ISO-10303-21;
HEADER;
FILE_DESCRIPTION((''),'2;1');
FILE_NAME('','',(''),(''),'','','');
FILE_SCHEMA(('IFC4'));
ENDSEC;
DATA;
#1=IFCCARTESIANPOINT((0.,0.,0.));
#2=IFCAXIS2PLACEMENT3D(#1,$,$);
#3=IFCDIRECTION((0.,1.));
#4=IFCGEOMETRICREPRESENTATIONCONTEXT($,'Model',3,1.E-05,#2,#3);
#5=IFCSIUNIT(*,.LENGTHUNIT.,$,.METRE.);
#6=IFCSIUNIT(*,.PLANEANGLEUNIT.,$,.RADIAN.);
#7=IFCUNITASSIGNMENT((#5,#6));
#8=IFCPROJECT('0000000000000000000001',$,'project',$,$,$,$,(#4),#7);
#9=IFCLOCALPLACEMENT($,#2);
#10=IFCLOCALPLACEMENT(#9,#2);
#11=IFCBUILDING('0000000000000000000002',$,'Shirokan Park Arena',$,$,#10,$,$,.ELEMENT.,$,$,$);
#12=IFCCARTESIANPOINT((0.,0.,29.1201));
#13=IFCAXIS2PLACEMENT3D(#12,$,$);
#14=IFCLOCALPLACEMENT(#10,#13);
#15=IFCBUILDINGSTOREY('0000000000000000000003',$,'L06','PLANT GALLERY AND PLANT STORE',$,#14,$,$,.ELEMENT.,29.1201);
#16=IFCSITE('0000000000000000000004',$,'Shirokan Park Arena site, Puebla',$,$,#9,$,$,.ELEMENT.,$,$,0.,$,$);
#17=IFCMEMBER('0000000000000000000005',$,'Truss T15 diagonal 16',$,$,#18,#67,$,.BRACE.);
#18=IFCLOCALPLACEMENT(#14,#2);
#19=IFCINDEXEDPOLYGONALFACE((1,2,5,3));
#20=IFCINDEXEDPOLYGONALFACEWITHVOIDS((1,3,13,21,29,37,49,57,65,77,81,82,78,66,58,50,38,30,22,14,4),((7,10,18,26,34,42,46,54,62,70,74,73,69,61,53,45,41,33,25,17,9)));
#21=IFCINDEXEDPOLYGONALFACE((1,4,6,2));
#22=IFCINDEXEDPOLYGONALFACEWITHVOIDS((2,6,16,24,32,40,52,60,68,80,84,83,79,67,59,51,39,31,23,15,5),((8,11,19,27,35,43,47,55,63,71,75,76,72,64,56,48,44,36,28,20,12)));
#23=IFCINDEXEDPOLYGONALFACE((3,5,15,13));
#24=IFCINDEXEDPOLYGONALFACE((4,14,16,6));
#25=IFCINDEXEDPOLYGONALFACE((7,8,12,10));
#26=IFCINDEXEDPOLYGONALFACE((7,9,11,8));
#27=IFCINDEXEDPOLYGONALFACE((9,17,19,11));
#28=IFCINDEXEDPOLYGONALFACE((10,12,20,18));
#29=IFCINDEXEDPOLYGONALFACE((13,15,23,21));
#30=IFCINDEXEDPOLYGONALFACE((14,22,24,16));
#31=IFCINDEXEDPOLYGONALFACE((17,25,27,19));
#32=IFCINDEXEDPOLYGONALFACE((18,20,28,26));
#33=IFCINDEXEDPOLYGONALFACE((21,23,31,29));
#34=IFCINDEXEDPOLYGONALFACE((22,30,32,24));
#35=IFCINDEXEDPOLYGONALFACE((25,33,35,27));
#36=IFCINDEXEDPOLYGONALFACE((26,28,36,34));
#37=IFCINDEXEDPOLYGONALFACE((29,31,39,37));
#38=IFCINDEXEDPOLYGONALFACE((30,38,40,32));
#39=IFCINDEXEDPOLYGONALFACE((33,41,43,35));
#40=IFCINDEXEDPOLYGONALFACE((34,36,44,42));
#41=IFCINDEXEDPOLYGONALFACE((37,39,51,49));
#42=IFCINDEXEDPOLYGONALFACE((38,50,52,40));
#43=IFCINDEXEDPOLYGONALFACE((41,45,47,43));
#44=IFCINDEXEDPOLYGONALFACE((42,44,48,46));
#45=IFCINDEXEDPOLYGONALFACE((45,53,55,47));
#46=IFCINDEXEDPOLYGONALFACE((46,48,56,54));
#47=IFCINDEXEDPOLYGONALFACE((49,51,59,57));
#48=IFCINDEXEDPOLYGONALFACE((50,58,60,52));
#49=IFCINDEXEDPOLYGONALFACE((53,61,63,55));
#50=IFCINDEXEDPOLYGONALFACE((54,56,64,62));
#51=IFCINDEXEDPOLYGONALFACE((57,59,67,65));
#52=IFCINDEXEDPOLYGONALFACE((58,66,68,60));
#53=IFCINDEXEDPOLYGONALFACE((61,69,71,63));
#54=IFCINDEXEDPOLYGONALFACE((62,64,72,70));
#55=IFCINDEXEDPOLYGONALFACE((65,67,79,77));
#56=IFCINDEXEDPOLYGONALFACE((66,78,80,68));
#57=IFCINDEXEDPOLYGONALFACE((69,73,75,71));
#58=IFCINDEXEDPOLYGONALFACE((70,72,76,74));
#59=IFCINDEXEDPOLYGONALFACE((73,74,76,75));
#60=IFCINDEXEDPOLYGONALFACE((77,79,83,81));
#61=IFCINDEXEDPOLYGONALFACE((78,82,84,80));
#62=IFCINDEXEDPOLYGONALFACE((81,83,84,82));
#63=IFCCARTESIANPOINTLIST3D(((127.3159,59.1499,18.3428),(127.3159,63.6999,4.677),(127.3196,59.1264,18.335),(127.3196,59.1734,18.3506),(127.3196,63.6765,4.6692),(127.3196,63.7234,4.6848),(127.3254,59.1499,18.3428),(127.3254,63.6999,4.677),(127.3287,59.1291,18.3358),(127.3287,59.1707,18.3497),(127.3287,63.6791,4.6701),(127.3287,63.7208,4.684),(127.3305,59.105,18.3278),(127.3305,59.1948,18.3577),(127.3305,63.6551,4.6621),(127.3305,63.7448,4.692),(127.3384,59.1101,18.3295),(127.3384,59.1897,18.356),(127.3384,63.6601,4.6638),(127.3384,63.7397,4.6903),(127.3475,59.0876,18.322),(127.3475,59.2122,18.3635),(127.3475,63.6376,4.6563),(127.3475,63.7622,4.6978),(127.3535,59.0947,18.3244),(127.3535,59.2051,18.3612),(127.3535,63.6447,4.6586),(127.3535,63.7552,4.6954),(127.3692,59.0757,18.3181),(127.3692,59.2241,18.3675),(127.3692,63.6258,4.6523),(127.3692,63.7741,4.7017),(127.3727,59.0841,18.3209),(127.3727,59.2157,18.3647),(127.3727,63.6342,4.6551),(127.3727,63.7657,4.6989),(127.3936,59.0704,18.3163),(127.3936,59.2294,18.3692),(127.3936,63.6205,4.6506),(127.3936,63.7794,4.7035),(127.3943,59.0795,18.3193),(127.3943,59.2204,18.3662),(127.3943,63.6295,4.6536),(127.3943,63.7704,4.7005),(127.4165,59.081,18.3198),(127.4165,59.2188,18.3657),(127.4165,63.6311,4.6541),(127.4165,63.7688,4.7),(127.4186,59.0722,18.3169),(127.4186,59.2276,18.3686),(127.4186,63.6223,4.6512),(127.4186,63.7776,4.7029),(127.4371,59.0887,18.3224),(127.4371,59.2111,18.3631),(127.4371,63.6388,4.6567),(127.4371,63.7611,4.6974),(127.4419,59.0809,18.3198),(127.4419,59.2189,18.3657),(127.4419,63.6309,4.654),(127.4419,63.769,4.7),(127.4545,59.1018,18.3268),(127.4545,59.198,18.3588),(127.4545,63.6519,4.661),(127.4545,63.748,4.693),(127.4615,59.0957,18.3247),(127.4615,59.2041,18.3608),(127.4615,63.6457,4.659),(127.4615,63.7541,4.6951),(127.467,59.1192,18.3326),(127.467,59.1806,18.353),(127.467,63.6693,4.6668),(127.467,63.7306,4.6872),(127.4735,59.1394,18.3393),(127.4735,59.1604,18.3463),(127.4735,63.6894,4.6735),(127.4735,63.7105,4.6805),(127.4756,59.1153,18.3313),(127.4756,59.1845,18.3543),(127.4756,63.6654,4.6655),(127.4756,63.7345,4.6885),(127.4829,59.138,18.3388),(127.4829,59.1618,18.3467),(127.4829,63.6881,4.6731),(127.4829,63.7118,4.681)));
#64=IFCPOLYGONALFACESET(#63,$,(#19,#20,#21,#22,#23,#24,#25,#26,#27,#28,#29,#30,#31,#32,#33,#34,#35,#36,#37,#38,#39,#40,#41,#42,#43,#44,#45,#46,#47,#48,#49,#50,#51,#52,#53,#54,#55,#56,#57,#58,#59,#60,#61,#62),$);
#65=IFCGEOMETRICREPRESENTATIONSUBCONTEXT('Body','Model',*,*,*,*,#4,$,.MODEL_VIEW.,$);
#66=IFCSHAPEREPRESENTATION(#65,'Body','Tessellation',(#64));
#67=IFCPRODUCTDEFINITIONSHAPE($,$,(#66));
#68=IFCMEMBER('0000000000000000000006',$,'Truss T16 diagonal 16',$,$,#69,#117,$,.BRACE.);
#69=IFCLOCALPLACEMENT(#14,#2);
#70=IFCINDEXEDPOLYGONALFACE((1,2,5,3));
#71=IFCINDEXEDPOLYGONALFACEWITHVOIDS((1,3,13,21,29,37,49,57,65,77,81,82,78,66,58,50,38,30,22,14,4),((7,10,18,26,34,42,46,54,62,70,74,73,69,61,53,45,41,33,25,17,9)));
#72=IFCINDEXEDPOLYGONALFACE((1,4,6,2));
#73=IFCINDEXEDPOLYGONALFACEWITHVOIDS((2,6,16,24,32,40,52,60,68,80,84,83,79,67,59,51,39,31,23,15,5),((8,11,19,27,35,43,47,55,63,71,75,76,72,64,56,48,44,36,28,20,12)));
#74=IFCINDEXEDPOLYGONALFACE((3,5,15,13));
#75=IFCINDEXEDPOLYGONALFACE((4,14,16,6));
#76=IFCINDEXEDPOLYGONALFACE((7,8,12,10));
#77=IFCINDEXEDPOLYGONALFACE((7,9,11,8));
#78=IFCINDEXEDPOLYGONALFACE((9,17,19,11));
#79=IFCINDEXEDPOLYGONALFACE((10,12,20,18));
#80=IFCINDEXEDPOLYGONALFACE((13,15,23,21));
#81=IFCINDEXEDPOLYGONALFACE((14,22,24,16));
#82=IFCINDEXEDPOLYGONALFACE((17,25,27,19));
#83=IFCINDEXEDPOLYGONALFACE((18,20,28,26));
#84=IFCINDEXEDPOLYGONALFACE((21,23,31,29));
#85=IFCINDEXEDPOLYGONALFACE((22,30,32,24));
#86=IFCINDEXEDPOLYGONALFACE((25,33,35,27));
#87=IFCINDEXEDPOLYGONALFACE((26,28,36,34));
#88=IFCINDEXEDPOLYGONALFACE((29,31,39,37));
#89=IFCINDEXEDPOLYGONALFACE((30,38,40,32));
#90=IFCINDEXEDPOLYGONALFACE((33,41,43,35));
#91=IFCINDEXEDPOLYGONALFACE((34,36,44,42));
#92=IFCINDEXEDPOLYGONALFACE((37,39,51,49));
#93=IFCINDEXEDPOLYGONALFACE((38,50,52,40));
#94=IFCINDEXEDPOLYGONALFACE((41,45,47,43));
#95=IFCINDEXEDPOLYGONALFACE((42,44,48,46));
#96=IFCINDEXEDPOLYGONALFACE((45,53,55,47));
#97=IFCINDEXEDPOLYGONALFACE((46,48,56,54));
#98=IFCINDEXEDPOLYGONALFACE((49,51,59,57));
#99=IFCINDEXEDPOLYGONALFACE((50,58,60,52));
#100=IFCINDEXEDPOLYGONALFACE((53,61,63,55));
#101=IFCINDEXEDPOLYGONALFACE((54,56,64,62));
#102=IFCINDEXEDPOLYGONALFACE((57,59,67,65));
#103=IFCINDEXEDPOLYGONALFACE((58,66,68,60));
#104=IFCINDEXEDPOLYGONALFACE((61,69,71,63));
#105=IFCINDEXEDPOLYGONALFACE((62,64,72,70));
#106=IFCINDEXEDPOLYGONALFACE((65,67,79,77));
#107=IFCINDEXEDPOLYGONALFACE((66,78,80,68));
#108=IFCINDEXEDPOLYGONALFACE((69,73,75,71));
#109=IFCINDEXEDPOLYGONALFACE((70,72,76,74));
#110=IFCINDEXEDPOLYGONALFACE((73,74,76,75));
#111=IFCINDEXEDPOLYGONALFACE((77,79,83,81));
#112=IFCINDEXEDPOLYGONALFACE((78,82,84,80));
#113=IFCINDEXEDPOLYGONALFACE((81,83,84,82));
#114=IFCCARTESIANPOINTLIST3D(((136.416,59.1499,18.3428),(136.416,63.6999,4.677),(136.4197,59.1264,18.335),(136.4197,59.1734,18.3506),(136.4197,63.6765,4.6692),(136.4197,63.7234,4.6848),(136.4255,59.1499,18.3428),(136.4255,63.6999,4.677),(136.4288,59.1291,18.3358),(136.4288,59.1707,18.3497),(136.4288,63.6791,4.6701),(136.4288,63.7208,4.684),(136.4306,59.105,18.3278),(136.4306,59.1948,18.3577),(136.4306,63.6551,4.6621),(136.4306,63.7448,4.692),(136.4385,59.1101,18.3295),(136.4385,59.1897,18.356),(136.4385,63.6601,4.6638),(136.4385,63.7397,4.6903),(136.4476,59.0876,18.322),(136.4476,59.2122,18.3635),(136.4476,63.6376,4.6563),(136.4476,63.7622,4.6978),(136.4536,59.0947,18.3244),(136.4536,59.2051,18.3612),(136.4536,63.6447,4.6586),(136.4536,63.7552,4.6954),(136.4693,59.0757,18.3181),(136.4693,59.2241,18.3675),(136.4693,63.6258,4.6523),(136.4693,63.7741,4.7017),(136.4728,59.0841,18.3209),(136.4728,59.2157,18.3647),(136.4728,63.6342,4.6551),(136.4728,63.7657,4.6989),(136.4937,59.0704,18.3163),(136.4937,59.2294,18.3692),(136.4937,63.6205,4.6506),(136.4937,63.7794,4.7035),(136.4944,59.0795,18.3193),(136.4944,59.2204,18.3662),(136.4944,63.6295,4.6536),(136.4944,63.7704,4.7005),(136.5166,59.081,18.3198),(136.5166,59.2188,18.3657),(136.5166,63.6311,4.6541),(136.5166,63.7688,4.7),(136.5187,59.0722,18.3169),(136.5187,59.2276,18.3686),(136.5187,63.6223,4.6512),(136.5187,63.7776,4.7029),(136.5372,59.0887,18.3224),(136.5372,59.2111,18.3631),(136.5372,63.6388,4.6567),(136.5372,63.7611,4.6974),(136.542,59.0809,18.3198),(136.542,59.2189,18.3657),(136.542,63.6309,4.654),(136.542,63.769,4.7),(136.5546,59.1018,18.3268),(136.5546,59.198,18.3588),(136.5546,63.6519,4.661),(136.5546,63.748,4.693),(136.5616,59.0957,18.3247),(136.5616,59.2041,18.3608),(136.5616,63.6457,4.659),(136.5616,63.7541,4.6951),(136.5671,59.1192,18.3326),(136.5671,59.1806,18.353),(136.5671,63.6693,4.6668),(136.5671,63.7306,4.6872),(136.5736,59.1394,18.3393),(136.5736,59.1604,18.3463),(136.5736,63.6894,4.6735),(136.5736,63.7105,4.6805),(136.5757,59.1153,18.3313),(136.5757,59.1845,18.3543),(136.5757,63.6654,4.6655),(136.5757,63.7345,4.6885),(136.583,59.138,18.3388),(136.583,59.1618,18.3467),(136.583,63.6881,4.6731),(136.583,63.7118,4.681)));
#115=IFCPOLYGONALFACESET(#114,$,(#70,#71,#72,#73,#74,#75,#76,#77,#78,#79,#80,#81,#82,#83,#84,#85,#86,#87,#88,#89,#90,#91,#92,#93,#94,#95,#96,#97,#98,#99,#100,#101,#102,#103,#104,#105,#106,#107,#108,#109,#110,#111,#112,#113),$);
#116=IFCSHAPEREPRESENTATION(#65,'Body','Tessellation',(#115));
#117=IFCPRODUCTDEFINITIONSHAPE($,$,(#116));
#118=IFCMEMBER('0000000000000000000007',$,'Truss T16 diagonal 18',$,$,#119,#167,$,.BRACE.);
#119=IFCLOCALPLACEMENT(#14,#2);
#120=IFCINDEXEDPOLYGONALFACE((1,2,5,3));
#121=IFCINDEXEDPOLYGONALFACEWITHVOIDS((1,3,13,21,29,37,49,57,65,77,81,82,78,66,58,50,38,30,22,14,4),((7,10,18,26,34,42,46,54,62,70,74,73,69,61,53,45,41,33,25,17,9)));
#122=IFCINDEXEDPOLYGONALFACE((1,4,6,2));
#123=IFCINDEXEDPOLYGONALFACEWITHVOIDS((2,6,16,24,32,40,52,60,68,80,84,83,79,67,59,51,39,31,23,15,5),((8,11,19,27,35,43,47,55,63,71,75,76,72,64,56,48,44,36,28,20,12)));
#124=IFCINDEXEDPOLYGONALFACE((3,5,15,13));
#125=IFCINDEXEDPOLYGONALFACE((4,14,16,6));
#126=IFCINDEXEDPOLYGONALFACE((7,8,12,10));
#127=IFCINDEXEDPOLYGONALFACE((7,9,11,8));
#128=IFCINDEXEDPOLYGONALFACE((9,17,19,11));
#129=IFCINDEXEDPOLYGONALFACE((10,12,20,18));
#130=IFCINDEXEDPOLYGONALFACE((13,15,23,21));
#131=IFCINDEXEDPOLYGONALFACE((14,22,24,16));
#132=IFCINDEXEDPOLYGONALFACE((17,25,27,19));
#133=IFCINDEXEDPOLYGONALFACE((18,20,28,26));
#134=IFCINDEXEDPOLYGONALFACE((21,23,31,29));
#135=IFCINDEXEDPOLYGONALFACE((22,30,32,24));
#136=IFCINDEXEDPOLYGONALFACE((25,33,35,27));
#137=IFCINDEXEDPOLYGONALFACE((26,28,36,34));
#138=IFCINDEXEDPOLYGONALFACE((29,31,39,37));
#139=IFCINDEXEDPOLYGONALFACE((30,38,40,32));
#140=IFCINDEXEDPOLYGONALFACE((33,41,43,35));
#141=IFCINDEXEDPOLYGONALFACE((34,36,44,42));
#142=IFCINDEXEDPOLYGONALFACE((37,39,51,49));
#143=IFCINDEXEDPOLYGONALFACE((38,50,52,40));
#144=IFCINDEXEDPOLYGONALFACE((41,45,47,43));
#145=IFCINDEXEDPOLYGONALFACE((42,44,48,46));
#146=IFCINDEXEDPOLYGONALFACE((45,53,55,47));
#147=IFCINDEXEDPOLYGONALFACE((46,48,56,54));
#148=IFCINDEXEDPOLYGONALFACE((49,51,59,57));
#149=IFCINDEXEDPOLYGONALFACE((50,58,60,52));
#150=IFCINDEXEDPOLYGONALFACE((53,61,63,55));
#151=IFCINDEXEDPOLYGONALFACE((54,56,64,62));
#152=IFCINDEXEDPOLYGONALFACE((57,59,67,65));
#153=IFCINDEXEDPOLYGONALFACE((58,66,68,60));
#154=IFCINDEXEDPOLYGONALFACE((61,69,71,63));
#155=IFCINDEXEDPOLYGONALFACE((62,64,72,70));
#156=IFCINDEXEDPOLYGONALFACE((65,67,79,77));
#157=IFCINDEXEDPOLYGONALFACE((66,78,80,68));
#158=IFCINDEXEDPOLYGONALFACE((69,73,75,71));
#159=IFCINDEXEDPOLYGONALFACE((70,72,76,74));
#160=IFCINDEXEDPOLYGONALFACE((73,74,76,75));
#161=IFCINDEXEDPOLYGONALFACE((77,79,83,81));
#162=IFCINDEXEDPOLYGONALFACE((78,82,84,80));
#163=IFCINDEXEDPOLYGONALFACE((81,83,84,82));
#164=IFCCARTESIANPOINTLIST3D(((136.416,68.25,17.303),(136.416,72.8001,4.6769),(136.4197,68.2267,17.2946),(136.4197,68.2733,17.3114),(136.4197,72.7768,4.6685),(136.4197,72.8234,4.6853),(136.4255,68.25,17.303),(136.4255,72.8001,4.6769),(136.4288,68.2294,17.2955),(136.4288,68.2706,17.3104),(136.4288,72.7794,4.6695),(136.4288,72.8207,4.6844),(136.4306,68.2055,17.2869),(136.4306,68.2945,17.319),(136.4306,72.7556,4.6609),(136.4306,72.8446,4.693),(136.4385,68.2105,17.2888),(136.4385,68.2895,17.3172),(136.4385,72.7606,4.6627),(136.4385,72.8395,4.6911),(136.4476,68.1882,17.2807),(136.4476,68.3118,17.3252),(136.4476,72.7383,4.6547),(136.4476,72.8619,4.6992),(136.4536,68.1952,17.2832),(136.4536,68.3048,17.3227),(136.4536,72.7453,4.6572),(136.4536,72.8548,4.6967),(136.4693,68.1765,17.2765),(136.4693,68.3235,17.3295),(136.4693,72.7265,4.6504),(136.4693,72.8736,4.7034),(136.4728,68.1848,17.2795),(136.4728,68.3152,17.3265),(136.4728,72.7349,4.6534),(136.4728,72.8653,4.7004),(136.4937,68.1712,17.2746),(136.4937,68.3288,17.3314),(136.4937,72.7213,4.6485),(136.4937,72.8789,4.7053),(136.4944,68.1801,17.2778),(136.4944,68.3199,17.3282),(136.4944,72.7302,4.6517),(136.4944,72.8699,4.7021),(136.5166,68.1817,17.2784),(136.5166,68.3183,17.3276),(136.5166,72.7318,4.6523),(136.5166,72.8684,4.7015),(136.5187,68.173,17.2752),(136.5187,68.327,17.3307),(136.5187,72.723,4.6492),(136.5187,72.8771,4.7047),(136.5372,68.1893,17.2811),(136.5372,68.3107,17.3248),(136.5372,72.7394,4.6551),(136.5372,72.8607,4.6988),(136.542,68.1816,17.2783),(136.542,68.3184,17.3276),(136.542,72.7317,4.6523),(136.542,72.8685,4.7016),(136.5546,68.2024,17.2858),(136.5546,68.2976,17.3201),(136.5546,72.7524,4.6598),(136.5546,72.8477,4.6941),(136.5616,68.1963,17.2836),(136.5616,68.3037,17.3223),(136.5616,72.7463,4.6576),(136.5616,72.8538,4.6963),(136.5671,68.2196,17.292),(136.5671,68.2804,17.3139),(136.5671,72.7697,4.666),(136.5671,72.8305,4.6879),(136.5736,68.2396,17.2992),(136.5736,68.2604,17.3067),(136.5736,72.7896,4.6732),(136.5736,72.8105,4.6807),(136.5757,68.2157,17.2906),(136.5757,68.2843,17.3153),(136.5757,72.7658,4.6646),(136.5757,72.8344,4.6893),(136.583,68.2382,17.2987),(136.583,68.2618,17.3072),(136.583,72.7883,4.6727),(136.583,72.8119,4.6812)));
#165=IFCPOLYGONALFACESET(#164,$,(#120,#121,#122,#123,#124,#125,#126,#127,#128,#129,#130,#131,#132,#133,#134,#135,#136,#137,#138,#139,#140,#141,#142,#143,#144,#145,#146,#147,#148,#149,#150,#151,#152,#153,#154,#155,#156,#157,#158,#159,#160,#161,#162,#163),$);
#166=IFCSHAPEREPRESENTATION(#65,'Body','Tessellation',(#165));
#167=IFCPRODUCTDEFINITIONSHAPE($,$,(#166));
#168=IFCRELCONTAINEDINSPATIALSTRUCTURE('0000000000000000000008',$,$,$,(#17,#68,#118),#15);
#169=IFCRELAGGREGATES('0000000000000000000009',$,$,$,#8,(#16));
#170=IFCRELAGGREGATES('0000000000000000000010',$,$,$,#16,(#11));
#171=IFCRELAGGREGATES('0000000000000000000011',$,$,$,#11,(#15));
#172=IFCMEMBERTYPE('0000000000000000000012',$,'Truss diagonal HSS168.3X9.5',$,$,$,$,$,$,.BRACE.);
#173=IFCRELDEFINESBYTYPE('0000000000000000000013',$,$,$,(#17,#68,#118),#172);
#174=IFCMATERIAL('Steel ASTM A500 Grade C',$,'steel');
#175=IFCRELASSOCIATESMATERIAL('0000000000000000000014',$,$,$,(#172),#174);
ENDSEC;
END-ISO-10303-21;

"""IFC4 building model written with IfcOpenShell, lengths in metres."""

from ifc_helpers import new_model, si_unit, direction, frame, origin, origin_2d, place, context, subcontext, project, spatial, hollow_circle, extrude, material, material_profile, profile_set, type_object, element, save


model = new_model("IFC4")

# Units and contexts
model_context = context("Model", 3, precision=1e-05, world=origin(), true_north=direction((0.0, 1.0)))
body_context = subcontext(model_context, "Body", "Model", "MODEL_VIEW")
ifc_project = project(units=[si_unit("LENGTHUNIT", "METRE"), si_unit("PLANEANGLEUNIT", "RADIAN")], contexts=[model_context])

# Site, building, storey
site_placement = place(None, origin())
site = spatial("IfcSite", under=ifc_project, at=site_placement, Name="Shirokan Park Arena site, Puebla", CompositionType="ELEMENT", RefElevation=0.0)
building_placement = place(site_placement, origin())
building = spatial("IfcBuilding", under=site, at=building_placement, Name="Shirokan Park Arena", CompositionType="ELEMENT")
storey_placement = place(building_placement, frame((0.0, 0.0, 29.1201)))
storey = spatial("IfcBuildingStorey", under=building, at=storey_placement, Name="L06", Description="PLANT GALLERY AND PLANT STORE", CompositionType="ELEMENT", Elevation=29.1201)

# Members
ifc_material_1 = material(Name="Steel ASTM A500 Grade C", Category="steel")
ifc_material_profile_1 = material_profile(ifc_material_1, hollow_circle(Radius=0.084, WallThickness=0.0095, at=origin_2d()), Name="HSS168.3X9.5")
ifc_profile_set_1 = profile_set([ifc_material_profile_1], Name="Steel ASTM A500 Grade C")
member_type_1 = type_object("IfcMemberType", Name="Truss diagonal HSS168.3X9.5", PredefinedType="BRACE", material=ifc_profile_set_1)
for number, where, z_axis, x_axis, name in (
    (1, (127.3999, 59.1499, 18.3428), (0.0, 0.315902, -0.948792), (-1.0, 0.0, 0.0), "Truss T15 diagonal 16"),
    (2, (136.5, 59.1499, 18.3428), (0.0, 0.315902, -0.948792), (-1.0, 0.0, 0.0), "Truss T16 diagonal 16"),
):
    element("IfcMember", number, at=place(storey_placement, frame(where, z_axis=z_axis, x_axis=x_axis)), inside=storey, type_object=member_type_1, Name=name, PredefinedType="BRACE", context=body_context, shape_type="SweptSolid", body=[
        extrude(hollow_circle(Radius=0.084, WallThickness=0.0095, at=origin_2d()), origin(), (0.0, 0.0, 1.0), 14.4033),
    ])
member_1_placement = place(storey_placement, frame((136.5, 68.25, 17.303), z_axis=(0.0, 0.339029, -0.940776), x_axis=(-1.0, 0.0, 0.0)))
element("IfcMember", 3, at=member_1_placement, inside=storey, type_object=member_type_1, Name="Truss T16 diagonal 18", PredefinedType="BRACE", context=body_context, shape_type="SweptSolid", body=[
    extrude(hollow_circle(Radius=0.084, WallThickness=0.0095, at=origin_2d()), origin(), (0.0, 0.0, 1.0), 13.4209),
])

save(model, "model.ifc")
